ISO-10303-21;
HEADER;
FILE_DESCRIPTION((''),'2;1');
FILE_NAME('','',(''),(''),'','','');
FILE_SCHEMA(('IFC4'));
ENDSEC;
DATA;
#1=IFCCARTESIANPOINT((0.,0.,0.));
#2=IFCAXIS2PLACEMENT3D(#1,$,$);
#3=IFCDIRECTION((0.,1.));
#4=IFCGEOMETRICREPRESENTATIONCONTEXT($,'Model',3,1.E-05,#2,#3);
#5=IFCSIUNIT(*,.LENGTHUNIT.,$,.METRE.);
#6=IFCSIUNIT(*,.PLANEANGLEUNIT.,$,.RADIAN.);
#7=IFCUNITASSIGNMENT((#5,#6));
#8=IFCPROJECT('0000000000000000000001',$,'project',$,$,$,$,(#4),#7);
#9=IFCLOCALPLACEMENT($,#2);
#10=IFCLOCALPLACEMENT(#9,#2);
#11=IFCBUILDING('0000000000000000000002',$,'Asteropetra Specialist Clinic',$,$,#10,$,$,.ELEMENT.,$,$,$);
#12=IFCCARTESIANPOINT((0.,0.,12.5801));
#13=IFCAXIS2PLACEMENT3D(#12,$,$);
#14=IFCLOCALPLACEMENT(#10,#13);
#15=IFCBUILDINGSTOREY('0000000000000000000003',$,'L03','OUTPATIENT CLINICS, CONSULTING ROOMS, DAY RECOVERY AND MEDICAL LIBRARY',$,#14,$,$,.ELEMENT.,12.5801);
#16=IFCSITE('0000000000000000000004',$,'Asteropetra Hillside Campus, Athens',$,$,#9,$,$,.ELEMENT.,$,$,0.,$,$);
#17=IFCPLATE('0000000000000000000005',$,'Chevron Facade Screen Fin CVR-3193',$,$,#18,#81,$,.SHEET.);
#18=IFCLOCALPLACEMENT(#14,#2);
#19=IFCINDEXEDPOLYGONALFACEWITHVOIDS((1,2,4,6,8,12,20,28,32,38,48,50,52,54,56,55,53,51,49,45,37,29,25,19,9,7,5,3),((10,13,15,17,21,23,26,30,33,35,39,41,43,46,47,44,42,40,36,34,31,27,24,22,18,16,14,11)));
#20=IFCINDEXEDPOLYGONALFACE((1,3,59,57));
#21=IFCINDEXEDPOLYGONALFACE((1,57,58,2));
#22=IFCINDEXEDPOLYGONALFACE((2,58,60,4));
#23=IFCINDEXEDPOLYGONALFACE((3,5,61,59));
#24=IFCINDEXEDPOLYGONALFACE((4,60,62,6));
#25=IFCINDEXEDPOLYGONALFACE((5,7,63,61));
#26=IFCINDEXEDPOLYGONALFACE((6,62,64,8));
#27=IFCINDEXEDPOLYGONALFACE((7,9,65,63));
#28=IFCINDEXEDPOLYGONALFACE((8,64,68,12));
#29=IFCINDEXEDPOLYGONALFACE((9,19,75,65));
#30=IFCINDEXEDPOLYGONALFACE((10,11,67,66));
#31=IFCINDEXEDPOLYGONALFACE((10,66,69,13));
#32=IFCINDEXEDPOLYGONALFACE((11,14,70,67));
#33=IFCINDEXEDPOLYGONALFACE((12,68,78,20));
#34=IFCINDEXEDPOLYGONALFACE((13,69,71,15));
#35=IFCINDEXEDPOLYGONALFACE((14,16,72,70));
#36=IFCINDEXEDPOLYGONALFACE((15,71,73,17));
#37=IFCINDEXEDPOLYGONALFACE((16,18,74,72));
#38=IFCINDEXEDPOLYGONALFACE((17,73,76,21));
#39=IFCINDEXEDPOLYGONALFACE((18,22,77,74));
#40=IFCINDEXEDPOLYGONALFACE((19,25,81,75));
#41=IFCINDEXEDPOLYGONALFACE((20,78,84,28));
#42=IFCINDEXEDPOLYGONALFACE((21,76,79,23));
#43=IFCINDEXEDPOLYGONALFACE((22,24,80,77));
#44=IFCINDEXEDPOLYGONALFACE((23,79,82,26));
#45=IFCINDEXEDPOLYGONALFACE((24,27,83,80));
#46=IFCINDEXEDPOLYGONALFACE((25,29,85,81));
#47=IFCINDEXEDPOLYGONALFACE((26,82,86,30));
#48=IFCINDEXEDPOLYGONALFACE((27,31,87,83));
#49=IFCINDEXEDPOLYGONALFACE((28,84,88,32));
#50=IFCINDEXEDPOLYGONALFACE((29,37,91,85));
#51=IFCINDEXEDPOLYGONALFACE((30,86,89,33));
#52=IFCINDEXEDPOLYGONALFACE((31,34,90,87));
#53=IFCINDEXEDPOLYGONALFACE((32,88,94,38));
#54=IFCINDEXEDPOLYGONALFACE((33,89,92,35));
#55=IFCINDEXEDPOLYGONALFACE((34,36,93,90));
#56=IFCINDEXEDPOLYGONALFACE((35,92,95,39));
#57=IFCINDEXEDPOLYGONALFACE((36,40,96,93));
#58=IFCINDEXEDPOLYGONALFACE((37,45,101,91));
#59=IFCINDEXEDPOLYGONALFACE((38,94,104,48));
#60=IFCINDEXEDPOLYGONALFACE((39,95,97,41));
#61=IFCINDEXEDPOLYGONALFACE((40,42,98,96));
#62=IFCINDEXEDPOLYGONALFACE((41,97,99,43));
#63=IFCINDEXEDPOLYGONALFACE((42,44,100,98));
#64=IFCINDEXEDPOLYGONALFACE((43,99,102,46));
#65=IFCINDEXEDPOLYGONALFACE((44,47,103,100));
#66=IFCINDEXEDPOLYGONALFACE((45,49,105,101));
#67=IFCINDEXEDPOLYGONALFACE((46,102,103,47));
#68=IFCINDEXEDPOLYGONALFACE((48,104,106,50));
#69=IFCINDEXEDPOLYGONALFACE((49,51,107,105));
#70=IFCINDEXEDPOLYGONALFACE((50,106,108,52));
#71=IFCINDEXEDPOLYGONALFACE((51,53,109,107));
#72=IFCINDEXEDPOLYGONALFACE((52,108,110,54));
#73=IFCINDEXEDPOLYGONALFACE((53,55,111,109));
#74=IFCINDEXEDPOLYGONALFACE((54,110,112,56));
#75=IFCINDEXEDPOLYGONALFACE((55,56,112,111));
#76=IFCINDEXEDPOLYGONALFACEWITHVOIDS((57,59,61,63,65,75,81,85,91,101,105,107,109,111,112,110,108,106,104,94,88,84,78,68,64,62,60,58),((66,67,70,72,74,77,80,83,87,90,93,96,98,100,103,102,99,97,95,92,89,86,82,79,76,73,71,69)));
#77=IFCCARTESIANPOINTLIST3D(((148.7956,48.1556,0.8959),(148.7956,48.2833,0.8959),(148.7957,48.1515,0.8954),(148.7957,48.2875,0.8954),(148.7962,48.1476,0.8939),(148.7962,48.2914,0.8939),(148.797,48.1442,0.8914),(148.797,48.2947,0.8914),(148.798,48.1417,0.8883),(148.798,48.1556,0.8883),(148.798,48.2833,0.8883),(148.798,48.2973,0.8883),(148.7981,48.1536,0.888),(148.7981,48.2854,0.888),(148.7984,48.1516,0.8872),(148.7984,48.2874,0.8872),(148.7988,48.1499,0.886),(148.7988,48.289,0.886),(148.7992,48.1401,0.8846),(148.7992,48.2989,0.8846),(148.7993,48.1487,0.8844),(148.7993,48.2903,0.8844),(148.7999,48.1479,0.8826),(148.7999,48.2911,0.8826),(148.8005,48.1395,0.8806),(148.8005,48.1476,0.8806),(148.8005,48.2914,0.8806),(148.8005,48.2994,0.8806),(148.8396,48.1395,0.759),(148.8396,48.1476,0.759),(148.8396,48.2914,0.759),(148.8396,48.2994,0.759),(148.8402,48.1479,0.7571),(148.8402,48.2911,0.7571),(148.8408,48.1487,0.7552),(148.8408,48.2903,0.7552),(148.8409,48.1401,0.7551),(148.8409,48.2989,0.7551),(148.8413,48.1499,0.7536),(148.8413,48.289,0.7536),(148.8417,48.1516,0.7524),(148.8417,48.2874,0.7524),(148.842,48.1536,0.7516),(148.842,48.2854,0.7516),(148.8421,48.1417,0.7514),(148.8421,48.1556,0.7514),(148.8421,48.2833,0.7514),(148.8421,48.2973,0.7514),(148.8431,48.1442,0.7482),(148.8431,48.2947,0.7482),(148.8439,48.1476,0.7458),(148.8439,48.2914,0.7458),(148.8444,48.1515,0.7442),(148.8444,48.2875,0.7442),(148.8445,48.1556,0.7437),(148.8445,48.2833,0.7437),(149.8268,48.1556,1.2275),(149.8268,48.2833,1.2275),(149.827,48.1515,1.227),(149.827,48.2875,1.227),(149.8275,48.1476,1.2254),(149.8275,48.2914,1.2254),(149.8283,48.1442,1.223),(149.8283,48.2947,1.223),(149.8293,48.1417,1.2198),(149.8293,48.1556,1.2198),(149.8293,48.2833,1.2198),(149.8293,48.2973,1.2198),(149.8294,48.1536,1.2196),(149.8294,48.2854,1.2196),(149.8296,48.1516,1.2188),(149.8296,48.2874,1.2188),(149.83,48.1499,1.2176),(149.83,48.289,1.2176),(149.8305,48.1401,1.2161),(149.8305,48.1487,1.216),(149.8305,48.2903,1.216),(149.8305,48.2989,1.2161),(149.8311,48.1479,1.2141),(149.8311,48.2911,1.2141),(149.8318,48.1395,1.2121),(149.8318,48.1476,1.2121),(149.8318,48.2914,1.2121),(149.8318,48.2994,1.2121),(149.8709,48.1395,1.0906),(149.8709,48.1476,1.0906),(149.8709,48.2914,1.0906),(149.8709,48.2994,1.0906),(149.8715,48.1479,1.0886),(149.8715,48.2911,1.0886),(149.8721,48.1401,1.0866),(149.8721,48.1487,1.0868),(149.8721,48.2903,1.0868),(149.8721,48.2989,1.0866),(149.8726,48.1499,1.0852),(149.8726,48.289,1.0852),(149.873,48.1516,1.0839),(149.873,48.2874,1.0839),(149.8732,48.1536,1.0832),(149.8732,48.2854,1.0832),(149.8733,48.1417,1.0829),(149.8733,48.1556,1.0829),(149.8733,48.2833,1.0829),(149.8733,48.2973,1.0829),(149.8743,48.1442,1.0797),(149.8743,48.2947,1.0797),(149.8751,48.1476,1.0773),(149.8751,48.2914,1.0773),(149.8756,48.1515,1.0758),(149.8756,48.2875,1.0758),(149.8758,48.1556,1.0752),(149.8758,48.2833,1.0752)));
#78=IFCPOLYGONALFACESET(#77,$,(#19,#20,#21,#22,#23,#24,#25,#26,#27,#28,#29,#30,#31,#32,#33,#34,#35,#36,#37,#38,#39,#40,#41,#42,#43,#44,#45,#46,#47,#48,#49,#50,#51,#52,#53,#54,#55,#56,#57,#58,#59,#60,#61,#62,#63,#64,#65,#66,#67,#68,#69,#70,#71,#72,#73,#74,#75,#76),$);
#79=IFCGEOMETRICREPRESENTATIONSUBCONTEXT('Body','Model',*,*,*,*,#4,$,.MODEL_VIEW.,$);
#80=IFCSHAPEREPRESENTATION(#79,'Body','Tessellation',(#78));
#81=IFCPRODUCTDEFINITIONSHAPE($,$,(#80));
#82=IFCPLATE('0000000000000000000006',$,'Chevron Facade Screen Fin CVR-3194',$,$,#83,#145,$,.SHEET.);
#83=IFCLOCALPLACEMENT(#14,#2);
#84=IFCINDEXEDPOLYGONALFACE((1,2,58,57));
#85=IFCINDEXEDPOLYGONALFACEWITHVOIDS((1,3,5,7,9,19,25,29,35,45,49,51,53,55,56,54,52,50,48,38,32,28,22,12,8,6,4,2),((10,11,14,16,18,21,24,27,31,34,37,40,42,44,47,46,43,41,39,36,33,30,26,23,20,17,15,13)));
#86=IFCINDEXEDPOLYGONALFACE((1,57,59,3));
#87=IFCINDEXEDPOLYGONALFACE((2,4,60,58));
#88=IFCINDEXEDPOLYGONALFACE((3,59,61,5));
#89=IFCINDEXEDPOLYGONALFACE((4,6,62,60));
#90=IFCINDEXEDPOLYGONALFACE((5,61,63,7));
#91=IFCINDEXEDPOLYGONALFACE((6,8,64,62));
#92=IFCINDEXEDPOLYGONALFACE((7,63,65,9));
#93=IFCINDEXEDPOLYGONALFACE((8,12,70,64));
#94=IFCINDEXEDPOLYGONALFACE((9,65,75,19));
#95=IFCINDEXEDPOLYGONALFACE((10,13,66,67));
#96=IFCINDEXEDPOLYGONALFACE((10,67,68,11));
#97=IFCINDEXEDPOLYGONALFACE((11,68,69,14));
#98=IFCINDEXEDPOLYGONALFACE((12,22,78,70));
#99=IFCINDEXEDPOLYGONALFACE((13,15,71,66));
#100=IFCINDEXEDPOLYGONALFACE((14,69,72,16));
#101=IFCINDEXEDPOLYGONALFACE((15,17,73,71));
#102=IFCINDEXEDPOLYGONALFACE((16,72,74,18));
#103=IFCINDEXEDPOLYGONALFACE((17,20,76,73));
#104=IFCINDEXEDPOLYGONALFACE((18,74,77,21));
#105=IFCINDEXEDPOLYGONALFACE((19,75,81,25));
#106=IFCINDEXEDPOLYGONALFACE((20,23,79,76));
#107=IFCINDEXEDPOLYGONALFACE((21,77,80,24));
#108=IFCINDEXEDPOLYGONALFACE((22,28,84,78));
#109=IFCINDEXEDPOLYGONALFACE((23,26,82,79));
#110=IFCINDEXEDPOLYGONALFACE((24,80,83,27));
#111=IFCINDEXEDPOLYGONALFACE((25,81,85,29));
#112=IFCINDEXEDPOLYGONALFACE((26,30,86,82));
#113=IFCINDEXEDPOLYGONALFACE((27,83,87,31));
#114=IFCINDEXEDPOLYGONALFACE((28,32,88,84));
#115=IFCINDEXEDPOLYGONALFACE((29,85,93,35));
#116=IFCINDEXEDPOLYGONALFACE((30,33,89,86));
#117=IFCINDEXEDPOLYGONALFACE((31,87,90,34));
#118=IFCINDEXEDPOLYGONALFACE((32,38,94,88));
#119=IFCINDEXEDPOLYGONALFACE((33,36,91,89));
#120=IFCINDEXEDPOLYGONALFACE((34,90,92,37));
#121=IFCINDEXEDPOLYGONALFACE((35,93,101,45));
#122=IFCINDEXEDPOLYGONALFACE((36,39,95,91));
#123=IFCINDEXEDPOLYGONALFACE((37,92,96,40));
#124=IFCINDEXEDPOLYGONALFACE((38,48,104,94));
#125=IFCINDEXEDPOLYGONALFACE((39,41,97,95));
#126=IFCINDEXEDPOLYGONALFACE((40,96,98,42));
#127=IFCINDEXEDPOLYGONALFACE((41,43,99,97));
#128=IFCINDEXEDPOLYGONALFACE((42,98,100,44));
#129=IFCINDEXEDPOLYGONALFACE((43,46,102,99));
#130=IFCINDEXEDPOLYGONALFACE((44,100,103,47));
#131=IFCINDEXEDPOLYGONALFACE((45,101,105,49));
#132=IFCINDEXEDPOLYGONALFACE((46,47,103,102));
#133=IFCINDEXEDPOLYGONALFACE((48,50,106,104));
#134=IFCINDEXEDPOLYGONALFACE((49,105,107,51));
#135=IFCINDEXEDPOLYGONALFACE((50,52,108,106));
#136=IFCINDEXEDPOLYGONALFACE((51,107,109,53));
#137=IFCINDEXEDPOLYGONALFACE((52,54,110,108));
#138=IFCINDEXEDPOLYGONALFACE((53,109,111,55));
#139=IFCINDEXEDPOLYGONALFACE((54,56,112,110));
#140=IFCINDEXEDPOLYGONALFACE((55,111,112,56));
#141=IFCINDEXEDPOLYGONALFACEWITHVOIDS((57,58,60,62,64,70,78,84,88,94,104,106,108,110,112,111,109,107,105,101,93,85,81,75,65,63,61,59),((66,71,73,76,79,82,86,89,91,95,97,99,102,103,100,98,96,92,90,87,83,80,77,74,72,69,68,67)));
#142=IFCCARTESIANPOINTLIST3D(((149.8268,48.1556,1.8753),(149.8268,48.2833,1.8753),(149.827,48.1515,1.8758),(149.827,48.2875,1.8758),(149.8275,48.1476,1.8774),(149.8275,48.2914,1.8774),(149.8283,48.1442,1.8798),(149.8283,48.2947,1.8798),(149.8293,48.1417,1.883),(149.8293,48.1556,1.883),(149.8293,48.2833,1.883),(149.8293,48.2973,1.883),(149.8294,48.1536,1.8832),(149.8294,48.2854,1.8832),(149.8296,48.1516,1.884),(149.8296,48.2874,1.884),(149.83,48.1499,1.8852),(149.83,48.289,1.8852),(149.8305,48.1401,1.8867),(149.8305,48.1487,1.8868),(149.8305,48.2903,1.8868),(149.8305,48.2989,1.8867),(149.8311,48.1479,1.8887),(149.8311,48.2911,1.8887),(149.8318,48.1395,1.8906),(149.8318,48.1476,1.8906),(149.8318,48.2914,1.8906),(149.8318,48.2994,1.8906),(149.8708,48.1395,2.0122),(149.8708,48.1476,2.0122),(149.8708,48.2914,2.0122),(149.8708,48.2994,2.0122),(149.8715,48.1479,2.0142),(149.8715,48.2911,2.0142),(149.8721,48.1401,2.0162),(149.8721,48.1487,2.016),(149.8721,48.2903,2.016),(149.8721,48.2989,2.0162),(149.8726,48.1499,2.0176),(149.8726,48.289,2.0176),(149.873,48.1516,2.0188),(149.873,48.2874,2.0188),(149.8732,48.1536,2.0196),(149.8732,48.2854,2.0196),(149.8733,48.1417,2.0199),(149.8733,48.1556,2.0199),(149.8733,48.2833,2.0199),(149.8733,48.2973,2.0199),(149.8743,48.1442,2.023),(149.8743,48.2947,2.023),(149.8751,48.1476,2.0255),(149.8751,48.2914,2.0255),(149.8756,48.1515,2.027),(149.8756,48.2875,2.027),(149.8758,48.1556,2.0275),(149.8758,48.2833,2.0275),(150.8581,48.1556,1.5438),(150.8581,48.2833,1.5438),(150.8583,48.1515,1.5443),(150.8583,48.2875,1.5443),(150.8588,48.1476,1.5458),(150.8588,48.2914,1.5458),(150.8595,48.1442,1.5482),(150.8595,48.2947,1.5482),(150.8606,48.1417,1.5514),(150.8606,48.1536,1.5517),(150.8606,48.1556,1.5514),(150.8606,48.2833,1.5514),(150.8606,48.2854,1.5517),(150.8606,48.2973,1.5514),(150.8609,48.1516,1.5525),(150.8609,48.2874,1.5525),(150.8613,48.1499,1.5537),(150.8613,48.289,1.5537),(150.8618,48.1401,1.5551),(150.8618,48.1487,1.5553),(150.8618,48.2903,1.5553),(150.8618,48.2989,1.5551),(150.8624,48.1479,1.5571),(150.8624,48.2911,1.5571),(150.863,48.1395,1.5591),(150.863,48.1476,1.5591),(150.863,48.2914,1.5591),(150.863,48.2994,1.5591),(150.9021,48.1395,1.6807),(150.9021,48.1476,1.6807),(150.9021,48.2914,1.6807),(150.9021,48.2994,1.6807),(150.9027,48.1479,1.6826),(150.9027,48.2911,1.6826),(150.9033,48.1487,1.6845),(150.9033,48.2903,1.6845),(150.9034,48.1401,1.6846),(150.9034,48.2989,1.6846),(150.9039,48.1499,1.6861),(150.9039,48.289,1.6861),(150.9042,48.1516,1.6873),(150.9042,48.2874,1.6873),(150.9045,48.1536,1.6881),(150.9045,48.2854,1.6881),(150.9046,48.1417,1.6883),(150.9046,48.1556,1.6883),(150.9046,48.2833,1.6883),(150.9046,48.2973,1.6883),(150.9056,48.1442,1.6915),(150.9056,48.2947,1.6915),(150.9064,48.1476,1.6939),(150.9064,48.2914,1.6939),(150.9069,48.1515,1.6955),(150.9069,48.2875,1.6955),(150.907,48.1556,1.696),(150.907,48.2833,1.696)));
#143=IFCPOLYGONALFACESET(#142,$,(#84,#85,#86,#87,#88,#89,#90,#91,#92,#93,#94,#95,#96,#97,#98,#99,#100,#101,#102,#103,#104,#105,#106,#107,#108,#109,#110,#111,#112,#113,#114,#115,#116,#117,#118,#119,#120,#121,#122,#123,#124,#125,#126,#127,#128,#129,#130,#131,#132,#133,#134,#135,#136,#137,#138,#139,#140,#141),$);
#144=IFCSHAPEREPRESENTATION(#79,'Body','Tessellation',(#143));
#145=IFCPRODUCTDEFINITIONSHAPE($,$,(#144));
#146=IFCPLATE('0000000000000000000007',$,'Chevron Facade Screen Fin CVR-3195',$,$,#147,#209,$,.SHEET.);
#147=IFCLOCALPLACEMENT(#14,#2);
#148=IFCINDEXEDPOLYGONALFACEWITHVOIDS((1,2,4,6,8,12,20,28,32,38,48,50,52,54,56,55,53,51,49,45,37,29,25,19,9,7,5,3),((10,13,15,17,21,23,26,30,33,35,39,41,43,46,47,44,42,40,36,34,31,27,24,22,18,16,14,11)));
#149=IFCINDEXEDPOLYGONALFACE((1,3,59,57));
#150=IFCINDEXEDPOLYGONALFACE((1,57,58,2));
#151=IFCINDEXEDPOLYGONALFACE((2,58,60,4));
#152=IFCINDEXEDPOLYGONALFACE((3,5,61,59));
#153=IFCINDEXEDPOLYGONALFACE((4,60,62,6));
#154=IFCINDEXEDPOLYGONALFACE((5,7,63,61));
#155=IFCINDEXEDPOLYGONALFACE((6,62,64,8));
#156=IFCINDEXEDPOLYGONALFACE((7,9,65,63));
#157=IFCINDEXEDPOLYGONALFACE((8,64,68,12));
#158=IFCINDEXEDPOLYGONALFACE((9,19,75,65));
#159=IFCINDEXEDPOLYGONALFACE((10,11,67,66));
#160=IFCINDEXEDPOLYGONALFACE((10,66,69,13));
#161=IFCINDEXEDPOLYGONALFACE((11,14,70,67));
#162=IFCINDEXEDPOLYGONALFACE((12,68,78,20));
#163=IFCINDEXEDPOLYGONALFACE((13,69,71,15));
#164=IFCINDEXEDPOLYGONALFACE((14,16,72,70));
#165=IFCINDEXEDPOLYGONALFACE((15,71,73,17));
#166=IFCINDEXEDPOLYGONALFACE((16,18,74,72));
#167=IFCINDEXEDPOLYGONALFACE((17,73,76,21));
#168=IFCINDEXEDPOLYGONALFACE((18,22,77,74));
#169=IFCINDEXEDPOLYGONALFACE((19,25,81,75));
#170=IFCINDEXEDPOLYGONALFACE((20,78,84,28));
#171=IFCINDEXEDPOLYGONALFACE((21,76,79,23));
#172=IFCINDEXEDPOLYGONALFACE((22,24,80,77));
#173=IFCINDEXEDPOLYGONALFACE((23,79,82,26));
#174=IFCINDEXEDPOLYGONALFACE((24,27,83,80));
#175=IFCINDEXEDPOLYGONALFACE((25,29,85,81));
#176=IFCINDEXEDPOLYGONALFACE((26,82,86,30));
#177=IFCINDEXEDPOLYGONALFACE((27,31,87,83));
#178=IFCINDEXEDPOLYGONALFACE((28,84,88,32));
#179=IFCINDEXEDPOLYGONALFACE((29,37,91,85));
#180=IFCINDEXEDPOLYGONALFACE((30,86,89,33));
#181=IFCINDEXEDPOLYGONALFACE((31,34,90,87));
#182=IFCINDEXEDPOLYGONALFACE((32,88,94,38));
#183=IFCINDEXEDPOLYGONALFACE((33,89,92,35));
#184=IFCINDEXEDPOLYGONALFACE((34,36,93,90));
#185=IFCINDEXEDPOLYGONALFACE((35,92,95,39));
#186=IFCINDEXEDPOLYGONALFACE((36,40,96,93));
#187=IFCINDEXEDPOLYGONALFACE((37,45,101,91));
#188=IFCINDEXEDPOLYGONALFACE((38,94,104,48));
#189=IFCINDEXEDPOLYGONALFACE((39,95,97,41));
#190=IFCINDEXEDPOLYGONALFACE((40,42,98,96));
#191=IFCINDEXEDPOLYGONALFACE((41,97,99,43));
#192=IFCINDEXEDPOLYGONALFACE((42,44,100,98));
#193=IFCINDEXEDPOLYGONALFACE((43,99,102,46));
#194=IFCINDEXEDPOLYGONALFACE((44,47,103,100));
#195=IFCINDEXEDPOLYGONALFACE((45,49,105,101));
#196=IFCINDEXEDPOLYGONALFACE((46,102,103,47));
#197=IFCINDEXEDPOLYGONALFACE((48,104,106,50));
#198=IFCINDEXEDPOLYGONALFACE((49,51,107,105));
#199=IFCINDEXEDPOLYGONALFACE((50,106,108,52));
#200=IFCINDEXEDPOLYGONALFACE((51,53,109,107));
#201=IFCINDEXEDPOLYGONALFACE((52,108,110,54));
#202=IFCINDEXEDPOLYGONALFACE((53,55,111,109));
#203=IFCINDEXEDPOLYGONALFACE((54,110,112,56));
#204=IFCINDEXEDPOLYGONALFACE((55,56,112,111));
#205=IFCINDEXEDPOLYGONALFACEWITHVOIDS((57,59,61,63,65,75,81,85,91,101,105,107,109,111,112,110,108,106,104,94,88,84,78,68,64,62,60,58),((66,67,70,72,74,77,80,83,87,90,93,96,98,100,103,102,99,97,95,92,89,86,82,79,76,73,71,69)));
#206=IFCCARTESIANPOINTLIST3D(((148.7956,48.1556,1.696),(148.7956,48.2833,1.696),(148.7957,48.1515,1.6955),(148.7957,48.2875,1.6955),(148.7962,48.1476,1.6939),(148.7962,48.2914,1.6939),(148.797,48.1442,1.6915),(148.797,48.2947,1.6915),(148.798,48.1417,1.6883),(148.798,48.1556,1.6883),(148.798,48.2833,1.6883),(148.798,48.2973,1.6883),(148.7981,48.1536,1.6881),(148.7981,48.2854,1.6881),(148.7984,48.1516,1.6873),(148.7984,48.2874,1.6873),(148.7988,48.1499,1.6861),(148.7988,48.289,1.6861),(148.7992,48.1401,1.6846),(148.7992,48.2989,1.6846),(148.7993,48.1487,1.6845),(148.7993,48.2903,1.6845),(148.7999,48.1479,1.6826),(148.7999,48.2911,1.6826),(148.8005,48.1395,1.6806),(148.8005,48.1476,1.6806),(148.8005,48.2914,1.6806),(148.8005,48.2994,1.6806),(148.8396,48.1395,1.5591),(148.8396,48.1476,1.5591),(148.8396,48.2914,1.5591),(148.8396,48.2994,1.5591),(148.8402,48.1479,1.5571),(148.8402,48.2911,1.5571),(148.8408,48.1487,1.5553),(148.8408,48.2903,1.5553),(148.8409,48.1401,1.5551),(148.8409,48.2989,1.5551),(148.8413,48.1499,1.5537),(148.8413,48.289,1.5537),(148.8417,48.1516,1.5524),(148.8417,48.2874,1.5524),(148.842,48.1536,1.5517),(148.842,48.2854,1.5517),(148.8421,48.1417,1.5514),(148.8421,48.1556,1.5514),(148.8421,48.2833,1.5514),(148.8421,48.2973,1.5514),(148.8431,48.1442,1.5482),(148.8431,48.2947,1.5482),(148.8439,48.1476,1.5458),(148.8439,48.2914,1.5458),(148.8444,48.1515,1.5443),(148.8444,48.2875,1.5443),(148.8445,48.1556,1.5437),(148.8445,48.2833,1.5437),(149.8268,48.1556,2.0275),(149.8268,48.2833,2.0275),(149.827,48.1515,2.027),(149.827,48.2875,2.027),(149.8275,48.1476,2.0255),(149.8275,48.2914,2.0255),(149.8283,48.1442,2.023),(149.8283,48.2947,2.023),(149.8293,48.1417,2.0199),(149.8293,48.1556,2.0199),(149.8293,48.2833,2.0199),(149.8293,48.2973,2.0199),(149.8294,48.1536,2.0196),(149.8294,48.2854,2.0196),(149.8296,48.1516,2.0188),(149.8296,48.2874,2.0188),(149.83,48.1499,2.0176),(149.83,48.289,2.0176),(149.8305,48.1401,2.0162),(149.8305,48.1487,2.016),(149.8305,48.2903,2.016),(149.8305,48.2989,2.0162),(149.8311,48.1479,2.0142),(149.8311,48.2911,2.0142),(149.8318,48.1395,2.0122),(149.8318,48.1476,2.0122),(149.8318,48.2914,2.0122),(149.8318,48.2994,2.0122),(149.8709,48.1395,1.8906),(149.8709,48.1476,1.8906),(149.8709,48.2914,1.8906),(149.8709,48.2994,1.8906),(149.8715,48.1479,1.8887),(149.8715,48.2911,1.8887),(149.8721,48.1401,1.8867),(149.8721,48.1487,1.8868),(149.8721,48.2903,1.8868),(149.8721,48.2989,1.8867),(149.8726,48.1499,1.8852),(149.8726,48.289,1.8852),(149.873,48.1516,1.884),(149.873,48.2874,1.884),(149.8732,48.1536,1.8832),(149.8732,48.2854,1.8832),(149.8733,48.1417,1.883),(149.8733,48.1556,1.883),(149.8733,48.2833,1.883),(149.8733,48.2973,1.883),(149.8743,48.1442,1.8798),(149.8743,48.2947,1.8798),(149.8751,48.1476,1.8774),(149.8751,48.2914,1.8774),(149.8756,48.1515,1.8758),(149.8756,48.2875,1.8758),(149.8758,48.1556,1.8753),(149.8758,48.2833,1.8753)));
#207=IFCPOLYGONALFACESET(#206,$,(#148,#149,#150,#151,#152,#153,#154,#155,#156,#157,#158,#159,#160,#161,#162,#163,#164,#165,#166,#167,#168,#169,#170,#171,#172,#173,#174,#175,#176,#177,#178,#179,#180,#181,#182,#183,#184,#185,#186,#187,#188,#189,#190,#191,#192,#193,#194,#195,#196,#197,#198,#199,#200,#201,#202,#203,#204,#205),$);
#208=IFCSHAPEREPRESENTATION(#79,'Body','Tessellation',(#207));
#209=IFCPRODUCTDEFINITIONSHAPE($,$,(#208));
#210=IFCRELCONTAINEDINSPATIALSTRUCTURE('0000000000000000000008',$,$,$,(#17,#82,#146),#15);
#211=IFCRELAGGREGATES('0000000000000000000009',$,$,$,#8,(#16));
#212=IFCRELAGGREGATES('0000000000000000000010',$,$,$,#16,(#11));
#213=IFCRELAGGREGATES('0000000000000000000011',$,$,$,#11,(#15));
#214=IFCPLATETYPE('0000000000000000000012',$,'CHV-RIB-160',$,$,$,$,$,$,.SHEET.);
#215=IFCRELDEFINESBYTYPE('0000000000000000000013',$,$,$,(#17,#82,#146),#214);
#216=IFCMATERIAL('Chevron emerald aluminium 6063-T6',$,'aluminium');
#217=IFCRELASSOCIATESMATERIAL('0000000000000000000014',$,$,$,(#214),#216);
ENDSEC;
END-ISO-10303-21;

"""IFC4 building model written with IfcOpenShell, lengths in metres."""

from ifc_helpers import new_model, si_unit, direction, frame, origin, origin_2d, place, context, subcontext, project, spatial, hollow_rectangle, extrude, material, material_profile, profile_set, type_object, element, save


model = new_model("IFC4")

# Units and contexts
model_context = context("Model", 3, precision=1e-05, world=origin(), true_north=direction((0.0, 1.0)))
body_context = subcontext(model_context, "Body", "Model", "MODEL_VIEW")
ifc_project = project(units=[si_unit("LENGTHUNIT", "METRE"), si_unit("PLANEANGLEUNIT", "RADIAN")], contexts=[model_context])

# Site, building, storey
site_placement = place(None, origin())
site = spatial("IfcSite", under=ifc_project, at=site_placement, Name="Asteropetra Hillside Campus, Athens", CompositionType="ELEMENT", RefElevation=0.0)
building_placement = place(site_placement, origin())
building = spatial("IfcBuilding", under=site, at=building_placement, Name="Asteropetra Specialist Clinic", CompositionType="ELEMENT")
storey_placement = place(building_placement, frame((0.0, 0.0, 12.5801)))
storey = spatial("IfcBuildingStorey", under=building, at=storey_placement, Name="L03", Description="OUTPATIENT CLINICS, CONSULTING ROOMS, DAY RECOVERY AND MEDICAL LIBRARY", CompositionType="ELEMENT", Elevation=12.5801)

# Plates
ifc_material_1 = material(Name="Chevron emerald aluminium 6063-T6", Category="aluminium")
ifc_material_profile = material_profile(ifc_material_1, hollow_rectangle(XDim=0.1599, YDim=0.1599, WallThickness=0.0081, InnerFilletRadius=0.0081, OuterFilletRadius=0.0161, at=origin_2d()), Name="SHS 160x160x8.0")
ifc_profile_set = profile_set([ifc_material_profile], Name="Chevron emerald aluminium 6063-T6")
plate_type_1 = type_object("IfcPlateType", Name="CHV-RIB-160", PredefinedType="SHEET", material=ifc_profile_set)
for number, where, z_axis, x_axis, name in (
    (1, (149.8513, 48.2195, 1.1514), (-0.95201, 0.0, -0.306068), (0.0, -1.0, 0.0), "Chevron Facade Screen Fin CVR-3193"),
    (2, (150.8826, 48.2195, 1.6199), (-0.95201, 0.0, 0.306068), (0.0, -1.0, 0.0), "Chevron Facade Screen Fin CVR-3194"),
    (3, (149.8513, 48.2195, 1.9514), (-0.95201, 0.0, -0.306068), (0.0, -1.0, 0.0), "Chevron Facade Screen Fin CVR-3195"),
):
    element("IfcPlate", number, at=place(storey_placement, frame(where, z_axis=z_axis, x_axis=x_axis)), inside=storey, type_object=plate_type_1, Name=name, PredefinedType="SHEET", context=body_context, shape_type="SweptSolid", body=[
        extrude(hollow_rectangle(XDim=0.1599, YDim=0.1599, WallThickness=0.0081, InnerFilletRadius=0.0081, OuterFilletRadius=0.0161, at=origin_2d()), origin(), (0.0, 0.0, 1.0), 1.0833),
    ])

save(model, "model.ifc")
